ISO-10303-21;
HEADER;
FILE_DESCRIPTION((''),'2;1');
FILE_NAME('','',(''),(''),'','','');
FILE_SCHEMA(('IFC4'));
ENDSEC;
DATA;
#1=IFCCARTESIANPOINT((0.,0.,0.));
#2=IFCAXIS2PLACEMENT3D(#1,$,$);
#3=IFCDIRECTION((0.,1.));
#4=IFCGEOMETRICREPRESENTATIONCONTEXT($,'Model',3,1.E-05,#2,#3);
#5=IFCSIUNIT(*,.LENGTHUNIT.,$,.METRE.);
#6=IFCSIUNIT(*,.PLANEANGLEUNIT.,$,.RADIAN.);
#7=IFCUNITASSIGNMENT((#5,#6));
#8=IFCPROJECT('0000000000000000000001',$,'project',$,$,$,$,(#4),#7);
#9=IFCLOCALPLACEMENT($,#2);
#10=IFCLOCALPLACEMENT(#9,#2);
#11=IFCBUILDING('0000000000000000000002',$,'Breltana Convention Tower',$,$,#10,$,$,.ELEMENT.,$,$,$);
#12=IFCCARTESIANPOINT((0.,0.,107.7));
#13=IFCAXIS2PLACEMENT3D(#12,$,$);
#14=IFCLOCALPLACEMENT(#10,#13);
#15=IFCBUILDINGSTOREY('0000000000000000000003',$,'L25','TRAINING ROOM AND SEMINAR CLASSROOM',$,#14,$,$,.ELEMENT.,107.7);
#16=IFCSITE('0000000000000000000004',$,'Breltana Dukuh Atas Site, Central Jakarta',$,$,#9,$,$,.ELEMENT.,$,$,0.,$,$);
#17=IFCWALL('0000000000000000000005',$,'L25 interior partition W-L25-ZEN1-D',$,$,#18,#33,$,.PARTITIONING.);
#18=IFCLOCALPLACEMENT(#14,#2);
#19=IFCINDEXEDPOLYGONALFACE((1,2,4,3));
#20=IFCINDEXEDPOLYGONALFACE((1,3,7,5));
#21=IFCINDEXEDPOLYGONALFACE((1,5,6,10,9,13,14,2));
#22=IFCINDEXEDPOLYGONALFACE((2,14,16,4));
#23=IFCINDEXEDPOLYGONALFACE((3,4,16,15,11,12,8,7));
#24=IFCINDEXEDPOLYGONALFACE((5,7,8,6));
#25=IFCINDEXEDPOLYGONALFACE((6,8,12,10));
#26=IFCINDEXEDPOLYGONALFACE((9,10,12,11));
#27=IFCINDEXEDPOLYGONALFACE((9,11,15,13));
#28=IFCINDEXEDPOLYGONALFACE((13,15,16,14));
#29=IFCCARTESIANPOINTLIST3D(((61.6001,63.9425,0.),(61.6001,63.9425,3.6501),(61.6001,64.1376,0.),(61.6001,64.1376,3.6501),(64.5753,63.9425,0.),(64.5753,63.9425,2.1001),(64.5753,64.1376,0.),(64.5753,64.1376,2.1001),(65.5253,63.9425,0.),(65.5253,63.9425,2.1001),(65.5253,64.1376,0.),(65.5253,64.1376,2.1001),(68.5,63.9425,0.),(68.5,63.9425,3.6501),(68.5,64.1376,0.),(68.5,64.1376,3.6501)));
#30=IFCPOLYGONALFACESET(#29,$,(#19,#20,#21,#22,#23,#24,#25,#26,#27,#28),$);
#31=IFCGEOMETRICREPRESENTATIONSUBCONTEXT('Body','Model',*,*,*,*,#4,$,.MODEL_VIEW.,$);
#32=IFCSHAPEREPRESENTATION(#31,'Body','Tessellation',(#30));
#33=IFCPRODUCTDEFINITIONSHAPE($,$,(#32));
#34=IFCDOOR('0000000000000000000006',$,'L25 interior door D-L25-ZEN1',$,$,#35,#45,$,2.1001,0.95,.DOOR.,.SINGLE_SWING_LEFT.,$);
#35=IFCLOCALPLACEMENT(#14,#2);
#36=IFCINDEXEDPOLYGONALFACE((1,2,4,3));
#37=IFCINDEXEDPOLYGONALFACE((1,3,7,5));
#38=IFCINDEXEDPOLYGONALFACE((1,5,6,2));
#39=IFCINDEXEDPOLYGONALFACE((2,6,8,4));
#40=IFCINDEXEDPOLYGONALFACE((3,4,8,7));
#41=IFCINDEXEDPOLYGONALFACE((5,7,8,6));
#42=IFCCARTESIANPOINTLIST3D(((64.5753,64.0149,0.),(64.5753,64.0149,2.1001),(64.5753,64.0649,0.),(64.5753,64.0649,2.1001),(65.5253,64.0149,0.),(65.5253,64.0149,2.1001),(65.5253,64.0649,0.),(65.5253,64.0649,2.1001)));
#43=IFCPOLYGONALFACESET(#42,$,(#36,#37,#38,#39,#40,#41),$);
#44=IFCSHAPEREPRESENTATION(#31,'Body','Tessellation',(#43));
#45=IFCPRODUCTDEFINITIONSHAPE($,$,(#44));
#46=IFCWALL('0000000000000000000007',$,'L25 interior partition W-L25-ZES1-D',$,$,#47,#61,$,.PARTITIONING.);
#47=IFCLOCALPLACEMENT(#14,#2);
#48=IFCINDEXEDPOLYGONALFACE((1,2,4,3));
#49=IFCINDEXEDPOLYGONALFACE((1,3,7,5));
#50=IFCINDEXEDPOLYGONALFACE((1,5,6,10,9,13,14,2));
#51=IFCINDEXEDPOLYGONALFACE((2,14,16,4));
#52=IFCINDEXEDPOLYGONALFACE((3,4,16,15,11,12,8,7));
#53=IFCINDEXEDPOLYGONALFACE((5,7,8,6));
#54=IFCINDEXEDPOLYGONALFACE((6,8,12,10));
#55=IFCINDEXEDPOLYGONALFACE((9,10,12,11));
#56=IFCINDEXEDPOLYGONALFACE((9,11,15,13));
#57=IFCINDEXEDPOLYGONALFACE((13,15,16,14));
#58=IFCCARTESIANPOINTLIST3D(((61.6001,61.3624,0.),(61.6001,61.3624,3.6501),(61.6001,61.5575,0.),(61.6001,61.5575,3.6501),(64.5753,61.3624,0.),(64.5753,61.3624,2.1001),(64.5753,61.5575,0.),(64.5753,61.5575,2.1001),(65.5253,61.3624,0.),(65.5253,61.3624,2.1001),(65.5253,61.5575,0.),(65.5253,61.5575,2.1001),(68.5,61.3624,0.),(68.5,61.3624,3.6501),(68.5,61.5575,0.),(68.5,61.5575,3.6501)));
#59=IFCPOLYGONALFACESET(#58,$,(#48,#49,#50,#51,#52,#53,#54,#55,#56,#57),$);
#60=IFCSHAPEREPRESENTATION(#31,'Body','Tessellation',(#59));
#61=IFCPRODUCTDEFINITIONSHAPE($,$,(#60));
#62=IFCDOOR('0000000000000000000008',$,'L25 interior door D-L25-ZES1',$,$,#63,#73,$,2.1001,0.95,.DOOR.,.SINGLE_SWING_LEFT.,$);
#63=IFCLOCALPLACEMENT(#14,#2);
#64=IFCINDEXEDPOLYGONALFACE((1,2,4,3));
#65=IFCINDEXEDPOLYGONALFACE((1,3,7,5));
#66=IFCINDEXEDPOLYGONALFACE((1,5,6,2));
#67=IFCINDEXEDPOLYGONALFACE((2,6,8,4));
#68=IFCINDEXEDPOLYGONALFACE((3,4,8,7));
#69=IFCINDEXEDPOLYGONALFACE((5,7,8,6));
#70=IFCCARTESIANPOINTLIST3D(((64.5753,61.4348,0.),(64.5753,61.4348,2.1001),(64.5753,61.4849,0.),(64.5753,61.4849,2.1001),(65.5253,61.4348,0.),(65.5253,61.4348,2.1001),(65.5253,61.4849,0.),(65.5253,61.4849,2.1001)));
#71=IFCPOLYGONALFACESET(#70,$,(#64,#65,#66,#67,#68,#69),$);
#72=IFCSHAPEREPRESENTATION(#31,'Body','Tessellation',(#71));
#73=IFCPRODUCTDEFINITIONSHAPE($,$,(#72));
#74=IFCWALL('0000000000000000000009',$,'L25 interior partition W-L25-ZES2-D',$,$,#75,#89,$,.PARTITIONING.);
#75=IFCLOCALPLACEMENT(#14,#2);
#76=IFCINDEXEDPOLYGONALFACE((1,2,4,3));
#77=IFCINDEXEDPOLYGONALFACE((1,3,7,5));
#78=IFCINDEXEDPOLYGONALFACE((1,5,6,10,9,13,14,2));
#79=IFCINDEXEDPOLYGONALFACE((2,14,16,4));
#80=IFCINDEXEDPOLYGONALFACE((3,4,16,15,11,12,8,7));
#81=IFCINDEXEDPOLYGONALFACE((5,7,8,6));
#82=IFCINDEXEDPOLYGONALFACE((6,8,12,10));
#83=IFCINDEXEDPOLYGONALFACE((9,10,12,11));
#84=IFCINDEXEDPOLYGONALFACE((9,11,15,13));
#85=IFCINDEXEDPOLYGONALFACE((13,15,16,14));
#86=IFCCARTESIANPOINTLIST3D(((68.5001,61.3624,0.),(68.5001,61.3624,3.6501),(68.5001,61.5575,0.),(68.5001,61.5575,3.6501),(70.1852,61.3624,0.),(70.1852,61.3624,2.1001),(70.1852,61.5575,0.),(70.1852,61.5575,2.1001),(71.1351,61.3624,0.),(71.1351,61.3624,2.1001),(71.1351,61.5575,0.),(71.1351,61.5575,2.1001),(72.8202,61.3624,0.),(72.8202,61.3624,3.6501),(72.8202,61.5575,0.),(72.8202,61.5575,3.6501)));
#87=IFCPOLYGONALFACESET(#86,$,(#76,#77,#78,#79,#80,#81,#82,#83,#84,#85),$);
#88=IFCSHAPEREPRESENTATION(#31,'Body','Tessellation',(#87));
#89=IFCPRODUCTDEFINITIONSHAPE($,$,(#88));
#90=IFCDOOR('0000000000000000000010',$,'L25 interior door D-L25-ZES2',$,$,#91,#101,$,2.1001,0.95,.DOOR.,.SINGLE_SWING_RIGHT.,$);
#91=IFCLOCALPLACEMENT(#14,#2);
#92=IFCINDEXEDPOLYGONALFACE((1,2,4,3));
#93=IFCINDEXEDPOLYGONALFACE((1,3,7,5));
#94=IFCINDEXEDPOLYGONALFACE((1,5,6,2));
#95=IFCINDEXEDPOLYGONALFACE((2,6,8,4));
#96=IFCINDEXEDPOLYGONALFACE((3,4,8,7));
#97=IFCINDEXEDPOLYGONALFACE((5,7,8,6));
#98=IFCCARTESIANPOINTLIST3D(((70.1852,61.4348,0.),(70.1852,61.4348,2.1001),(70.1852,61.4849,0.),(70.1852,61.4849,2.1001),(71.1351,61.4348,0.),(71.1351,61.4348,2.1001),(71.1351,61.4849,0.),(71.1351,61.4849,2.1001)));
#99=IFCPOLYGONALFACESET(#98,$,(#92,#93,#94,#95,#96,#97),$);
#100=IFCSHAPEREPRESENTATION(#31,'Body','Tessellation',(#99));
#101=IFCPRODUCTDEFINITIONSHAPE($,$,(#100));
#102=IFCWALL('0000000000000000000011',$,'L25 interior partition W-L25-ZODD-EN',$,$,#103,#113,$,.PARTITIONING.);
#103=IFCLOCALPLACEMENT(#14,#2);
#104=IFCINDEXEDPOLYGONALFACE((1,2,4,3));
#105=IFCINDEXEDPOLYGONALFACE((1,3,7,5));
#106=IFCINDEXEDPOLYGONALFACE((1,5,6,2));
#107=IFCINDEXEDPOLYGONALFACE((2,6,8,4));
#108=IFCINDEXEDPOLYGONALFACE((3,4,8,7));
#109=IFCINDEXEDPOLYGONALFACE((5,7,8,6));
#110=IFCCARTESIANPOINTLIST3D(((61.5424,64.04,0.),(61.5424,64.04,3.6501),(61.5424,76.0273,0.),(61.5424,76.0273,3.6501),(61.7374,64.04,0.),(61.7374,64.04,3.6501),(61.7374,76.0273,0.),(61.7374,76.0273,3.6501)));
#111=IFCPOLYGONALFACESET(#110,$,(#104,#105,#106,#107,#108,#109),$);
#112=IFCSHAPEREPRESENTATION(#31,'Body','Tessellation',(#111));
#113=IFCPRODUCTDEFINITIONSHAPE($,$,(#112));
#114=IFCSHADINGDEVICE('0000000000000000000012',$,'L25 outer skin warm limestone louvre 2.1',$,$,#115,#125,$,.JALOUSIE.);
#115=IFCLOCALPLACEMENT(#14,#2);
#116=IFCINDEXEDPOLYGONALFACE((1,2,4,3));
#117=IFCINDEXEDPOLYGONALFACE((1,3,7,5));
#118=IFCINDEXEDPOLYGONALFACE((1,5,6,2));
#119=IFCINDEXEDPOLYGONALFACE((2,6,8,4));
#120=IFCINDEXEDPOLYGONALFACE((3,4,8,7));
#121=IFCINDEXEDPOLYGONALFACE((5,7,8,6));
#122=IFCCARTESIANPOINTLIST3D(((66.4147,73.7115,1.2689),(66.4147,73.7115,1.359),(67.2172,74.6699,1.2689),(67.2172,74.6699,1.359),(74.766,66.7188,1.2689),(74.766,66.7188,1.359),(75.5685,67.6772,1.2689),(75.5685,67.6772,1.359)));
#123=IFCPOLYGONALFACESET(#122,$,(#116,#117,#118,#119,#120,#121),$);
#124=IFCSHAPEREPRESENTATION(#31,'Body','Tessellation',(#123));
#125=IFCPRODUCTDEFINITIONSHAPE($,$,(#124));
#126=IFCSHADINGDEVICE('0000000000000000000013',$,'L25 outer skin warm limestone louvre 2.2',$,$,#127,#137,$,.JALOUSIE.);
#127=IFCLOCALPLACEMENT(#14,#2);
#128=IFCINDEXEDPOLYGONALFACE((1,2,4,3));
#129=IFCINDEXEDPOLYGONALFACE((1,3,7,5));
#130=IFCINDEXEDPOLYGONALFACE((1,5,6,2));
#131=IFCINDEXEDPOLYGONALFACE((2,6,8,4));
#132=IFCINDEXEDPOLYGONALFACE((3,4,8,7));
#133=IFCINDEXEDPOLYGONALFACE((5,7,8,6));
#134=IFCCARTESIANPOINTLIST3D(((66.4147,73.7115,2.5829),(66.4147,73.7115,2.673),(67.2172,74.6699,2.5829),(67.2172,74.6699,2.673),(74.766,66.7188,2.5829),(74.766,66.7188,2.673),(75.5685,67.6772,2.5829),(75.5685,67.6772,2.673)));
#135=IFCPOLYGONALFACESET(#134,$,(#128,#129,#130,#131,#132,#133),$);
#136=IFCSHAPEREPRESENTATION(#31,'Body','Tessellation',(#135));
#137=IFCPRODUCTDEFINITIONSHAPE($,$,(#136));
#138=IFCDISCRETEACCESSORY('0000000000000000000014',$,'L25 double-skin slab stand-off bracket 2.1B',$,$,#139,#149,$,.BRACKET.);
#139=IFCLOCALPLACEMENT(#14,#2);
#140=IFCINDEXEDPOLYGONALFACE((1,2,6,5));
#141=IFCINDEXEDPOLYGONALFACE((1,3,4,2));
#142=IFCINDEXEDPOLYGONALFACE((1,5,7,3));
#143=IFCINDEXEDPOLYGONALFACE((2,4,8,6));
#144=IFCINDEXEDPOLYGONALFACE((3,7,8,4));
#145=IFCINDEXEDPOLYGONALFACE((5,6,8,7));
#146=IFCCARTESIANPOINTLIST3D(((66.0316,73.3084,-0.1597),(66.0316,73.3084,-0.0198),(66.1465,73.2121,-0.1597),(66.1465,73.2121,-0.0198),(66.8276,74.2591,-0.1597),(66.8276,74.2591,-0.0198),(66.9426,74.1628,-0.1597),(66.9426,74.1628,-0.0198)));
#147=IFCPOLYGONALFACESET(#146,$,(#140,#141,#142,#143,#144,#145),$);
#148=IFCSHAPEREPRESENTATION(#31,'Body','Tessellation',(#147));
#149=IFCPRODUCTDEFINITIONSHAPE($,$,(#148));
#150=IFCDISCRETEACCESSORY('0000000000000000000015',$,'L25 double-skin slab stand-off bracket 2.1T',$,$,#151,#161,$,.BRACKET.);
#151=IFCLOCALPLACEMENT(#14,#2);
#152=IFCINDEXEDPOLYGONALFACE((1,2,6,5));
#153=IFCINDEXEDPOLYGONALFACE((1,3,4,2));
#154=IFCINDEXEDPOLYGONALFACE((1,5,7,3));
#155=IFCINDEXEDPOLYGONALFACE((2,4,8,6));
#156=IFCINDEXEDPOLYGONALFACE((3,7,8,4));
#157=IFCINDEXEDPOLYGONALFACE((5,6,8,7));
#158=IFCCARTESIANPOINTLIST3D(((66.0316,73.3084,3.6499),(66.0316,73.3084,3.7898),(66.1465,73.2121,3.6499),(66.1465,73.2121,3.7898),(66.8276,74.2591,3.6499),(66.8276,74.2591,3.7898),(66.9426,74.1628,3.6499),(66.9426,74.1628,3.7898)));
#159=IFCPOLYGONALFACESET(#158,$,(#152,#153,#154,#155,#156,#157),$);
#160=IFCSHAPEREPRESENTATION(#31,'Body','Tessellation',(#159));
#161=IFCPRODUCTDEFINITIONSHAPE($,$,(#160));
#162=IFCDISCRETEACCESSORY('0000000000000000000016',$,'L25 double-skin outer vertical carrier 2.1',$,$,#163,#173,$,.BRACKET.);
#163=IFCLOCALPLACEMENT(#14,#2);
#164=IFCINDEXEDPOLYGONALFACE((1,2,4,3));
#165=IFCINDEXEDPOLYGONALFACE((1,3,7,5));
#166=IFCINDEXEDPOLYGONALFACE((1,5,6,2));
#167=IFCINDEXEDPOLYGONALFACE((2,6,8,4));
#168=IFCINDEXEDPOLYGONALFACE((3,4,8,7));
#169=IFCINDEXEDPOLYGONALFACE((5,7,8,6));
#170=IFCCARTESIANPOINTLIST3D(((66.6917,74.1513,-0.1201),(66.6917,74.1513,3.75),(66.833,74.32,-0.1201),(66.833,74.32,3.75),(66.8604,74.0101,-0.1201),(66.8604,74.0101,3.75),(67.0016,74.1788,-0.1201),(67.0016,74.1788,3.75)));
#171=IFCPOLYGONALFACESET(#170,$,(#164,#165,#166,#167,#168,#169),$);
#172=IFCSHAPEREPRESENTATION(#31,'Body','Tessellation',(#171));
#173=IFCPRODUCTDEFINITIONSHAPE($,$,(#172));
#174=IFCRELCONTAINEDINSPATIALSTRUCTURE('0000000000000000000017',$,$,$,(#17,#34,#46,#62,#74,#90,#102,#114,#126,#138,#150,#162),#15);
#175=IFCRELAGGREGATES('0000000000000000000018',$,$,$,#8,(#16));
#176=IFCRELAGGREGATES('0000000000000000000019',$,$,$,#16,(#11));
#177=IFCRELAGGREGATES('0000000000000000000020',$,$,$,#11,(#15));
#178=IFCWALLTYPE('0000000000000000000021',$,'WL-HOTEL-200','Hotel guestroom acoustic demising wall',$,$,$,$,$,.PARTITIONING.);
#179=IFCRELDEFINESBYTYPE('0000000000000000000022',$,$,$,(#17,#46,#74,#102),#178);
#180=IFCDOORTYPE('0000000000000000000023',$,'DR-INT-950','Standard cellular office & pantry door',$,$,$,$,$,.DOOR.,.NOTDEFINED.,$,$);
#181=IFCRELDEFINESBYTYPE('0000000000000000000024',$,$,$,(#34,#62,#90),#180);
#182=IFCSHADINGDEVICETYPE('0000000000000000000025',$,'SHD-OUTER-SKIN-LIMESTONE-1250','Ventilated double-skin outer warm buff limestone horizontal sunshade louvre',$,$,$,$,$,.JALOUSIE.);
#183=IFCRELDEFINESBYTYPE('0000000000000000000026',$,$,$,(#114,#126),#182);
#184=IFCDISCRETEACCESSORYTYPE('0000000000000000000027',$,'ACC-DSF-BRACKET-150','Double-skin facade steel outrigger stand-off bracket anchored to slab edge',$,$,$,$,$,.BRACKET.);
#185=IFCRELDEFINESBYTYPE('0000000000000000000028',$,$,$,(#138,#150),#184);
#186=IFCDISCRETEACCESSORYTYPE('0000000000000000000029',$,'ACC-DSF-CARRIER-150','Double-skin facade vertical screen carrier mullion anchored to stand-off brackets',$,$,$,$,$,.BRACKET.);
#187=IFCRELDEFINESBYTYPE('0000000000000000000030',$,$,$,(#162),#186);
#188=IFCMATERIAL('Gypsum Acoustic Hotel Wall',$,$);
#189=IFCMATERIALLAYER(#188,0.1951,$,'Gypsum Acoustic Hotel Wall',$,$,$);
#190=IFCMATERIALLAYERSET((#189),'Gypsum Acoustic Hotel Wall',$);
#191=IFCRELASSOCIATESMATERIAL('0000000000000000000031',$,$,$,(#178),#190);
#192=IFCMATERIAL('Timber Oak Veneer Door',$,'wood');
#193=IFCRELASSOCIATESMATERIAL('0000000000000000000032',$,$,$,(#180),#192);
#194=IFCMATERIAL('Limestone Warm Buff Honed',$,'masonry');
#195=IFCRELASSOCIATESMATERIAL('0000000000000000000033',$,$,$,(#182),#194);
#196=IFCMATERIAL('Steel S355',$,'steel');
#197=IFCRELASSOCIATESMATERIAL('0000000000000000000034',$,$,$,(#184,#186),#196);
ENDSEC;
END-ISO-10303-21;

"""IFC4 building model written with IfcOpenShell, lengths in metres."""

from ifc_helpers import new_model, si_unit, direction, frame, frame_2d, origin, origin_2d, place, context, subcontext, project, spatial, rectangle, extrude, source, transform, mapped, material, layer, layer_set, material_profile, profile_set, type_object, type_shapes, element, fill, save


model = new_model("IFC4")

# Units and contexts
model_context = context("Model", 3, precision=1e-05, world=origin(), true_north=direction((0.0, 1.0)))
body_context = subcontext(model_context, "Body", "Model", "MODEL_VIEW")
ifc_project = project(units=[si_unit("LENGTHUNIT", "METRE"), si_unit("PLANEANGLEUNIT", "RADIAN")], contexts=[model_context])

# Site, building, storey
site_placement = place(None, origin())
site = spatial("IfcSite", under=ifc_project, at=site_placement, Name="Breltana Dukuh Atas Site, Central Jakarta", CompositionType="ELEMENT", RefElevation=0.0)
building_placement = place(site_placement, origin())
building = spatial("IfcBuilding", under=site, at=building_placement, Name="Breltana Convention Tower", CompositionType="ELEMENT")
storey_placement = place(building_placement, frame((0.0, 0.0, 107.7)))
storey = spatial("IfcBuildingStorey", under=building, at=storey_placement, Name="L25", Description="TRAINING ROOM AND SEMINAR CLASSROOM", CompositionType="ELEMENT", Elevation=107.7)

# Walls, openings, doors
ifc_material_1 = material(Name="Gypsum Acoustic Hotel Wall")
ifc_layer_1 = layer(ifc_material_1, 0.1951, Name="Gypsum Acoustic Hotel Wall")
ifc_layer_set_1 = layer_set([ifc_layer_1], Name="Gypsum Acoustic Hotel Wall")
wall_type_1 = type_object("IfcWallType", Name="WL-HOTEL-200", Description="Hotel guestroom acoustic demising wall", PredefinedType="PARTITIONING", material=ifc_layer_set_1)
shared_shape_1 = source(origin(), body_context, "Body", "SweptSolid", [
    extrude(rectangle(XDim=6.8999, YDim=0.1951, at=frame_2d((3.45, 0.0))), origin(), (0.0, 0.0, 1.0), 3.6501),
])
wall_1_placement = place(storey_placement, frame((61.6001, 64.04, 0.0), z_axis=(0.0, 0.0, 1.0), x_axis=(1.0, 0.0, 0.0)))
wall_1 = element("IfcWall", 1, at=wall_1_placement, inside=storey, type_object=wall_type_1, Name="L25 interior partition W-L25-ZEN1-D", PredefinedType="PARTITIONING", context=body_context, shape_type="MappedRepresentation", body=[
    mapped(shared_shape_1, transform((0.0, 0.0, 0.0), scale=1.0)),
])
opening_1_placement = place(wall_1_placement, frame((2.9751, 0.0, 0.0)))
opening_1 = element("IfcOpeningElement", 2, at=opening_1_placement, cuts=wall_1, PredefinedType="OPENING", context=body_context, shape_type="SweptSolid", body=[
    extrude(rectangle(XDim=0.95, YDim=2.1001, at=frame_2d((0.4751, 1.05))), frame((0.0, 0.1074, 0.0), z_axis=(0.0, -1.0, 0.0), x_axis=(1.0, 0.0, 0.0)), (0.0, 0.0, 1.0), 0.2151),
])
ifc_material_2 = material(Name="Timber Oak Veneer Door", Category="wood")
door_type = type_object("IfcDoorType", Name="DR-INT-950", Description="Standard cellular office & pantry door", OperationType="NOTDEFINED", PredefinedType="DOOR", material=ifc_material_2)
shared_shape_2 = source(origin(), body_context, "Body", "SweptSolid", [
    extrude(rectangle(XDim=0.95, YDim=2.1001, at=frame_2d((0.4751, 1.05))), frame((0.0, 0.0249, 0.0), z_axis=(0.0, -1.0, 0.0), x_axis=(1.0, 0.0, 0.0)), (0.0, 0.0, 1.0), 0.05),
])
type_shapes(door_type, [shared_shape_2])
door_1_placement = place(opening_1_placement, origin())
door_1 = element("IfcDoor", 3, at=door_1_placement, inside=storey, type_object=door_type, Name="L25 interior door D-L25-ZEN1", OperationType="SINGLE_SWING_LEFT", OverallHeight=2.1001, OverallWidth=0.95, PredefinedType="DOOR", context=body_context, shape_type="MappedRepresentation", body=[
    mapped(shared_shape_2, transform((0.0, 0.0, 0.0), scale=1.0)),
])
fill(opening_1, door_1)
wall_2_placement = place(storey_placement, frame((61.6001, 61.46, 0.0), z_axis=(0.0, 0.0, 1.0), x_axis=(1.0, 0.0, 0.0)))
wall_2 = element("IfcWall", 4, at=wall_2_placement, inside=storey, type_object=wall_type_1, Name="L25 interior partition W-L25-ZES1-D", PredefinedType="PARTITIONING", context=body_context, shape_type="MappedRepresentation", body=[
    mapped(shared_shape_1, transform((0.0, 0.0, 0.0), scale=1.0)),
])
opening_2_placement = place(wall_2_placement, frame((2.9751, 0.0, 0.0)))
opening_2 = element("IfcOpeningElement", 5, at=opening_2_placement, cuts=wall_2, PredefinedType="OPENING", context=body_context, shape_type="SweptSolid", body=[
    extrude(rectangle(XDim=0.95, YDim=2.1001, at=frame_2d((0.4751, 1.05))), frame((0.0, 0.1074, 0.0), z_axis=(0.0, -1.0, 0.0), x_axis=(1.0, 0.0, 0.0)), (0.0, 0.0, 1.0), 0.2151),
])
door_2_placement = place(opening_2_placement, origin())
door_2 = element("IfcDoor", 6, at=door_2_placement, inside=storey, type_object=door_type, Name="L25 interior door D-L25-ZES1", OperationType="SINGLE_SWING_LEFT", OverallHeight=2.1001, OverallWidth=0.95, PredefinedType="DOOR", context=body_context, shape_type="MappedRepresentation", body=[
    mapped(shared_shape_2, transform((0.0, 0.0, 0.0), scale=1.0)),
])
fill(opening_2, door_2)
shared_shape_3 = source(origin(), body_context, "Body", "SweptSolid", [
    extrude(rectangle(XDim=4.3201, YDim=0.1951, at=frame_2d((2.1602, 0.0))), origin(), (0.0, 0.0, 1.0), 3.6501),
])
wall_3_placement = place(storey_placement, frame((68.5, 61.46, 0.0), z_axis=(0.0, 0.0, 1.0), x_axis=(1.0, 0.0, 0.0)))
wall_3 = element("IfcWall", 7, at=wall_3_placement, inside=storey, type_object=wall_type_1, Name="L25 interior partition W-L25-ZES2-D", PredefinedType="PARTITIONING", context=body_context, shape_type="MappedRepresentation", body=[
    mapped(shared_shape_3, transform((0.0, 0.0, 0.0), scale=1.0)),
])
opening_3_placement = place(wall_3_placement, frame((1.6851, 0.0, 0.0)))
opening_3 = element("IfcOpeningElement", 8, at=opening_3_placement, cuts=wall_3, PredefinedType="OPENING", context=body_context, shape_type="SweptSolid", body=[
    extrude(rectangle(XDim=0.95, YDim=2.1001, at=frame_2d((0.4751, 1.05))), frame((0.0, 0.1074, 0.0), z_axis=(0.0, -1.0, 0.0), x_axis=(1.0, 0.0, 0.0)), (0.0, 0.0, 1.0), 0.2151),
])
door_3_placement = place(opening_3_placement, origin())
door_3 = element("IfcDoor", 9, at=door_3_placement, inside=storey, type_object=door_type, Name="L25 interior door D-L25-ZES2", OperationType="SINGLE_SWING_RIGHT", OverallHeight=2.1001, OverallWidth=0.95, PredefinedType="DOOR", context=body_context, shape_type="MappedRepresentation", body=[
    mapped(shared_shape_2, transform((0.0, 0.0, 0.0), scale=1.0)),
])
fill(opening_3, door_3)

# Wall
shared_shape_4 = source(origin(), body_context, "Body", "SweptSolid", [
    extrude(rectangle(XDim=11.9873, YDim=0.1951, at=frame_2d((5.9937, 0.0))), origin(), (0.0, 0.0, 1.0), 3.6501),
])
wall_4_placement = place(storey_placement, frame((61.6399, 64.04, 0.0), z_axis=(0.0, 0.0, 1.0), x_axis=(0.0, 1.0, 0.0)))
element("IfcWall", 10, at=wall_4_placement, inside=storey, type_object=wall_type_1, Name="L25 interior partition W-L25-ZODD-EN", PredefinedType="PARTITIONING", context=body_context, shape_type="MappedRepresentation", body=[
    mapped(shared_shape_4, transform((0.0, 0.0, 0.0), scale=1.0)),
])

# Shading devices
ifc_material_3 = material(Name="Limestone Warm Buff Honed", Category="masonry")
ifc_material_profile_1 = material_profile(ifc_material_3, rectangle(XDim=1.25, YDim=0.0901, at=origin_2d()), Name="STN-LVR-1250X90")
ifc_profile_set_1 = profile_set([ifc_material_profile_1], Name="Limestone Warm Buff Honed")
shading_device_type = type_object("IfcShadingDeviceType", Name="SHD-OUTER-SKIN-LIMESTONE-1250", Description="Ventilated double-skin outer warm buff limestone horizontal sunshade louvre", PredefinedType="JALOUSIE", material=ifc_profile_set_1)
shared_shape_5 = source(origin(), body_context, "Body", "SweptSolid", [
    extrude(rectangle(XDim=1.25, YDim=0.0901, at=origin_2d()), origin(), (0.0, 0.0, 1.0), 10.8923),
])
for number, where, z_axis, x_axis, name in (
    (11, (66.8159, 74.1907, 1.314), (0.766718, -0.641984, 0.0), (0.641984, 0.766718, 0.0), "L25 outer skin warm limestone louvre 2.1"),
    (12, (66.8159, 74.1907, 2.6279), (0.766718, -0.641984, 0.0), (0.641984, 0.766718, 0.0), "L25 outer skin warm limestone louvre 2.2"),
):
    element("IfcShadingDevice", number, at=place(storey_placement, frame(where, z_axis=z_axis, x_axis=x_axis)), inside=storey, type_object=shading_device_type, Name=name, PredefinedType="JALOUSIE", context=body_context, shape_type="MappedRepresentation", body=[
        mapped(shared_shape_5, transform((0.0, 0.0, 0.0), scale=1.0)),
    ])

# Discrete accessories
ifc_material_4 = material(Name="Steel S355", Category="steel")
discrete_accessory_type_1 = type_object("IfcDiscreteAccessoryType", Name="ACC-DSF-BRACKET-150", Description="Double-skin facade steel outrigger stand-off bracket anchored to slab edge", PredefinedType="BRACKET", material=ifc_material_4)
shared_shape_6 = source(origin(), body_context, "Body", "SweptSolid", [
    extrude(rectangle(XDim=1.24, YDim=0.1499, at=origin_2d()), origin(), (0.0, 0.0, 1.0), 0.1399),
])
type_shapes(discrete_accessory_type_1, [shared_shape_6])
for number, where, z_axis, x_axis, name in (
    (13, (66.4871, 73.7356, -0.1597), (0.0, 0.0, 1.0), (0.641987, 0.766715, 0.0), "L25 double-skin slab stand-off bracket 2.1B"),
    (14, (66.4871, 73.7356, 3.6499), (0.0, 0.0, 1.0), (0.641987, 0.766715, 0.0), "L25 double-skin slab stand-off bracket 2.1T"),
):
    element("IfcDiscreteAccessory", number, at=place(storey_placement, frame(where, z_axis=z_axis, x_axis=x_axis)), inside=storey, type_object=discrete_accessory_type_1, Name=name, PredefinedType="BRACKET", context=body_context, shape_type="MappedRepresentation", body=[
        mapped(shared_shape_6, transform((0.0, 0.0, 0.0), scale=1.0)),
    ])
discrete_accessory_type_2 = type_object("IfcDiscreteAccessoryType", Name="ACC-DSF-CARRIER-150", Description="Double-skin facade vertical screen carrier mullion anchored to stand-off brackets", PredefinedType="BRACKET", material=ifc_material_4)
shared_shape_7 = source(origin(), body_context, "Body", "SweptSolid", [
    extrude(rectangle(XDim=0.22, YDim=0.22, at=origin_2d()), origin(), (0.0, 0.0, 1.0), 3.8701),
])
discrete_accessory_placement = place(storey_placement, frame((66.8467, 74.165, -0.1201), z_axis=(0.0, 0.0, 1.0), x_axis=(0.641987, 0.766715, 0.0)))
element("IfcDiscreteAccessory", 15, at=discrete_accessory_placement, inside=storey, type_object=discrete_accessory_type_2, Name="L25 double-skin outer vertical carrier 2.1", PredefinedType="BRACKET", context=body_context, shape_type="MappedRepresentation", body=[
    mapped(shared_shape_7, transform((0.0, 0.0, 0.0), scale=1.0)),
])

save(model, "model.ifc")
